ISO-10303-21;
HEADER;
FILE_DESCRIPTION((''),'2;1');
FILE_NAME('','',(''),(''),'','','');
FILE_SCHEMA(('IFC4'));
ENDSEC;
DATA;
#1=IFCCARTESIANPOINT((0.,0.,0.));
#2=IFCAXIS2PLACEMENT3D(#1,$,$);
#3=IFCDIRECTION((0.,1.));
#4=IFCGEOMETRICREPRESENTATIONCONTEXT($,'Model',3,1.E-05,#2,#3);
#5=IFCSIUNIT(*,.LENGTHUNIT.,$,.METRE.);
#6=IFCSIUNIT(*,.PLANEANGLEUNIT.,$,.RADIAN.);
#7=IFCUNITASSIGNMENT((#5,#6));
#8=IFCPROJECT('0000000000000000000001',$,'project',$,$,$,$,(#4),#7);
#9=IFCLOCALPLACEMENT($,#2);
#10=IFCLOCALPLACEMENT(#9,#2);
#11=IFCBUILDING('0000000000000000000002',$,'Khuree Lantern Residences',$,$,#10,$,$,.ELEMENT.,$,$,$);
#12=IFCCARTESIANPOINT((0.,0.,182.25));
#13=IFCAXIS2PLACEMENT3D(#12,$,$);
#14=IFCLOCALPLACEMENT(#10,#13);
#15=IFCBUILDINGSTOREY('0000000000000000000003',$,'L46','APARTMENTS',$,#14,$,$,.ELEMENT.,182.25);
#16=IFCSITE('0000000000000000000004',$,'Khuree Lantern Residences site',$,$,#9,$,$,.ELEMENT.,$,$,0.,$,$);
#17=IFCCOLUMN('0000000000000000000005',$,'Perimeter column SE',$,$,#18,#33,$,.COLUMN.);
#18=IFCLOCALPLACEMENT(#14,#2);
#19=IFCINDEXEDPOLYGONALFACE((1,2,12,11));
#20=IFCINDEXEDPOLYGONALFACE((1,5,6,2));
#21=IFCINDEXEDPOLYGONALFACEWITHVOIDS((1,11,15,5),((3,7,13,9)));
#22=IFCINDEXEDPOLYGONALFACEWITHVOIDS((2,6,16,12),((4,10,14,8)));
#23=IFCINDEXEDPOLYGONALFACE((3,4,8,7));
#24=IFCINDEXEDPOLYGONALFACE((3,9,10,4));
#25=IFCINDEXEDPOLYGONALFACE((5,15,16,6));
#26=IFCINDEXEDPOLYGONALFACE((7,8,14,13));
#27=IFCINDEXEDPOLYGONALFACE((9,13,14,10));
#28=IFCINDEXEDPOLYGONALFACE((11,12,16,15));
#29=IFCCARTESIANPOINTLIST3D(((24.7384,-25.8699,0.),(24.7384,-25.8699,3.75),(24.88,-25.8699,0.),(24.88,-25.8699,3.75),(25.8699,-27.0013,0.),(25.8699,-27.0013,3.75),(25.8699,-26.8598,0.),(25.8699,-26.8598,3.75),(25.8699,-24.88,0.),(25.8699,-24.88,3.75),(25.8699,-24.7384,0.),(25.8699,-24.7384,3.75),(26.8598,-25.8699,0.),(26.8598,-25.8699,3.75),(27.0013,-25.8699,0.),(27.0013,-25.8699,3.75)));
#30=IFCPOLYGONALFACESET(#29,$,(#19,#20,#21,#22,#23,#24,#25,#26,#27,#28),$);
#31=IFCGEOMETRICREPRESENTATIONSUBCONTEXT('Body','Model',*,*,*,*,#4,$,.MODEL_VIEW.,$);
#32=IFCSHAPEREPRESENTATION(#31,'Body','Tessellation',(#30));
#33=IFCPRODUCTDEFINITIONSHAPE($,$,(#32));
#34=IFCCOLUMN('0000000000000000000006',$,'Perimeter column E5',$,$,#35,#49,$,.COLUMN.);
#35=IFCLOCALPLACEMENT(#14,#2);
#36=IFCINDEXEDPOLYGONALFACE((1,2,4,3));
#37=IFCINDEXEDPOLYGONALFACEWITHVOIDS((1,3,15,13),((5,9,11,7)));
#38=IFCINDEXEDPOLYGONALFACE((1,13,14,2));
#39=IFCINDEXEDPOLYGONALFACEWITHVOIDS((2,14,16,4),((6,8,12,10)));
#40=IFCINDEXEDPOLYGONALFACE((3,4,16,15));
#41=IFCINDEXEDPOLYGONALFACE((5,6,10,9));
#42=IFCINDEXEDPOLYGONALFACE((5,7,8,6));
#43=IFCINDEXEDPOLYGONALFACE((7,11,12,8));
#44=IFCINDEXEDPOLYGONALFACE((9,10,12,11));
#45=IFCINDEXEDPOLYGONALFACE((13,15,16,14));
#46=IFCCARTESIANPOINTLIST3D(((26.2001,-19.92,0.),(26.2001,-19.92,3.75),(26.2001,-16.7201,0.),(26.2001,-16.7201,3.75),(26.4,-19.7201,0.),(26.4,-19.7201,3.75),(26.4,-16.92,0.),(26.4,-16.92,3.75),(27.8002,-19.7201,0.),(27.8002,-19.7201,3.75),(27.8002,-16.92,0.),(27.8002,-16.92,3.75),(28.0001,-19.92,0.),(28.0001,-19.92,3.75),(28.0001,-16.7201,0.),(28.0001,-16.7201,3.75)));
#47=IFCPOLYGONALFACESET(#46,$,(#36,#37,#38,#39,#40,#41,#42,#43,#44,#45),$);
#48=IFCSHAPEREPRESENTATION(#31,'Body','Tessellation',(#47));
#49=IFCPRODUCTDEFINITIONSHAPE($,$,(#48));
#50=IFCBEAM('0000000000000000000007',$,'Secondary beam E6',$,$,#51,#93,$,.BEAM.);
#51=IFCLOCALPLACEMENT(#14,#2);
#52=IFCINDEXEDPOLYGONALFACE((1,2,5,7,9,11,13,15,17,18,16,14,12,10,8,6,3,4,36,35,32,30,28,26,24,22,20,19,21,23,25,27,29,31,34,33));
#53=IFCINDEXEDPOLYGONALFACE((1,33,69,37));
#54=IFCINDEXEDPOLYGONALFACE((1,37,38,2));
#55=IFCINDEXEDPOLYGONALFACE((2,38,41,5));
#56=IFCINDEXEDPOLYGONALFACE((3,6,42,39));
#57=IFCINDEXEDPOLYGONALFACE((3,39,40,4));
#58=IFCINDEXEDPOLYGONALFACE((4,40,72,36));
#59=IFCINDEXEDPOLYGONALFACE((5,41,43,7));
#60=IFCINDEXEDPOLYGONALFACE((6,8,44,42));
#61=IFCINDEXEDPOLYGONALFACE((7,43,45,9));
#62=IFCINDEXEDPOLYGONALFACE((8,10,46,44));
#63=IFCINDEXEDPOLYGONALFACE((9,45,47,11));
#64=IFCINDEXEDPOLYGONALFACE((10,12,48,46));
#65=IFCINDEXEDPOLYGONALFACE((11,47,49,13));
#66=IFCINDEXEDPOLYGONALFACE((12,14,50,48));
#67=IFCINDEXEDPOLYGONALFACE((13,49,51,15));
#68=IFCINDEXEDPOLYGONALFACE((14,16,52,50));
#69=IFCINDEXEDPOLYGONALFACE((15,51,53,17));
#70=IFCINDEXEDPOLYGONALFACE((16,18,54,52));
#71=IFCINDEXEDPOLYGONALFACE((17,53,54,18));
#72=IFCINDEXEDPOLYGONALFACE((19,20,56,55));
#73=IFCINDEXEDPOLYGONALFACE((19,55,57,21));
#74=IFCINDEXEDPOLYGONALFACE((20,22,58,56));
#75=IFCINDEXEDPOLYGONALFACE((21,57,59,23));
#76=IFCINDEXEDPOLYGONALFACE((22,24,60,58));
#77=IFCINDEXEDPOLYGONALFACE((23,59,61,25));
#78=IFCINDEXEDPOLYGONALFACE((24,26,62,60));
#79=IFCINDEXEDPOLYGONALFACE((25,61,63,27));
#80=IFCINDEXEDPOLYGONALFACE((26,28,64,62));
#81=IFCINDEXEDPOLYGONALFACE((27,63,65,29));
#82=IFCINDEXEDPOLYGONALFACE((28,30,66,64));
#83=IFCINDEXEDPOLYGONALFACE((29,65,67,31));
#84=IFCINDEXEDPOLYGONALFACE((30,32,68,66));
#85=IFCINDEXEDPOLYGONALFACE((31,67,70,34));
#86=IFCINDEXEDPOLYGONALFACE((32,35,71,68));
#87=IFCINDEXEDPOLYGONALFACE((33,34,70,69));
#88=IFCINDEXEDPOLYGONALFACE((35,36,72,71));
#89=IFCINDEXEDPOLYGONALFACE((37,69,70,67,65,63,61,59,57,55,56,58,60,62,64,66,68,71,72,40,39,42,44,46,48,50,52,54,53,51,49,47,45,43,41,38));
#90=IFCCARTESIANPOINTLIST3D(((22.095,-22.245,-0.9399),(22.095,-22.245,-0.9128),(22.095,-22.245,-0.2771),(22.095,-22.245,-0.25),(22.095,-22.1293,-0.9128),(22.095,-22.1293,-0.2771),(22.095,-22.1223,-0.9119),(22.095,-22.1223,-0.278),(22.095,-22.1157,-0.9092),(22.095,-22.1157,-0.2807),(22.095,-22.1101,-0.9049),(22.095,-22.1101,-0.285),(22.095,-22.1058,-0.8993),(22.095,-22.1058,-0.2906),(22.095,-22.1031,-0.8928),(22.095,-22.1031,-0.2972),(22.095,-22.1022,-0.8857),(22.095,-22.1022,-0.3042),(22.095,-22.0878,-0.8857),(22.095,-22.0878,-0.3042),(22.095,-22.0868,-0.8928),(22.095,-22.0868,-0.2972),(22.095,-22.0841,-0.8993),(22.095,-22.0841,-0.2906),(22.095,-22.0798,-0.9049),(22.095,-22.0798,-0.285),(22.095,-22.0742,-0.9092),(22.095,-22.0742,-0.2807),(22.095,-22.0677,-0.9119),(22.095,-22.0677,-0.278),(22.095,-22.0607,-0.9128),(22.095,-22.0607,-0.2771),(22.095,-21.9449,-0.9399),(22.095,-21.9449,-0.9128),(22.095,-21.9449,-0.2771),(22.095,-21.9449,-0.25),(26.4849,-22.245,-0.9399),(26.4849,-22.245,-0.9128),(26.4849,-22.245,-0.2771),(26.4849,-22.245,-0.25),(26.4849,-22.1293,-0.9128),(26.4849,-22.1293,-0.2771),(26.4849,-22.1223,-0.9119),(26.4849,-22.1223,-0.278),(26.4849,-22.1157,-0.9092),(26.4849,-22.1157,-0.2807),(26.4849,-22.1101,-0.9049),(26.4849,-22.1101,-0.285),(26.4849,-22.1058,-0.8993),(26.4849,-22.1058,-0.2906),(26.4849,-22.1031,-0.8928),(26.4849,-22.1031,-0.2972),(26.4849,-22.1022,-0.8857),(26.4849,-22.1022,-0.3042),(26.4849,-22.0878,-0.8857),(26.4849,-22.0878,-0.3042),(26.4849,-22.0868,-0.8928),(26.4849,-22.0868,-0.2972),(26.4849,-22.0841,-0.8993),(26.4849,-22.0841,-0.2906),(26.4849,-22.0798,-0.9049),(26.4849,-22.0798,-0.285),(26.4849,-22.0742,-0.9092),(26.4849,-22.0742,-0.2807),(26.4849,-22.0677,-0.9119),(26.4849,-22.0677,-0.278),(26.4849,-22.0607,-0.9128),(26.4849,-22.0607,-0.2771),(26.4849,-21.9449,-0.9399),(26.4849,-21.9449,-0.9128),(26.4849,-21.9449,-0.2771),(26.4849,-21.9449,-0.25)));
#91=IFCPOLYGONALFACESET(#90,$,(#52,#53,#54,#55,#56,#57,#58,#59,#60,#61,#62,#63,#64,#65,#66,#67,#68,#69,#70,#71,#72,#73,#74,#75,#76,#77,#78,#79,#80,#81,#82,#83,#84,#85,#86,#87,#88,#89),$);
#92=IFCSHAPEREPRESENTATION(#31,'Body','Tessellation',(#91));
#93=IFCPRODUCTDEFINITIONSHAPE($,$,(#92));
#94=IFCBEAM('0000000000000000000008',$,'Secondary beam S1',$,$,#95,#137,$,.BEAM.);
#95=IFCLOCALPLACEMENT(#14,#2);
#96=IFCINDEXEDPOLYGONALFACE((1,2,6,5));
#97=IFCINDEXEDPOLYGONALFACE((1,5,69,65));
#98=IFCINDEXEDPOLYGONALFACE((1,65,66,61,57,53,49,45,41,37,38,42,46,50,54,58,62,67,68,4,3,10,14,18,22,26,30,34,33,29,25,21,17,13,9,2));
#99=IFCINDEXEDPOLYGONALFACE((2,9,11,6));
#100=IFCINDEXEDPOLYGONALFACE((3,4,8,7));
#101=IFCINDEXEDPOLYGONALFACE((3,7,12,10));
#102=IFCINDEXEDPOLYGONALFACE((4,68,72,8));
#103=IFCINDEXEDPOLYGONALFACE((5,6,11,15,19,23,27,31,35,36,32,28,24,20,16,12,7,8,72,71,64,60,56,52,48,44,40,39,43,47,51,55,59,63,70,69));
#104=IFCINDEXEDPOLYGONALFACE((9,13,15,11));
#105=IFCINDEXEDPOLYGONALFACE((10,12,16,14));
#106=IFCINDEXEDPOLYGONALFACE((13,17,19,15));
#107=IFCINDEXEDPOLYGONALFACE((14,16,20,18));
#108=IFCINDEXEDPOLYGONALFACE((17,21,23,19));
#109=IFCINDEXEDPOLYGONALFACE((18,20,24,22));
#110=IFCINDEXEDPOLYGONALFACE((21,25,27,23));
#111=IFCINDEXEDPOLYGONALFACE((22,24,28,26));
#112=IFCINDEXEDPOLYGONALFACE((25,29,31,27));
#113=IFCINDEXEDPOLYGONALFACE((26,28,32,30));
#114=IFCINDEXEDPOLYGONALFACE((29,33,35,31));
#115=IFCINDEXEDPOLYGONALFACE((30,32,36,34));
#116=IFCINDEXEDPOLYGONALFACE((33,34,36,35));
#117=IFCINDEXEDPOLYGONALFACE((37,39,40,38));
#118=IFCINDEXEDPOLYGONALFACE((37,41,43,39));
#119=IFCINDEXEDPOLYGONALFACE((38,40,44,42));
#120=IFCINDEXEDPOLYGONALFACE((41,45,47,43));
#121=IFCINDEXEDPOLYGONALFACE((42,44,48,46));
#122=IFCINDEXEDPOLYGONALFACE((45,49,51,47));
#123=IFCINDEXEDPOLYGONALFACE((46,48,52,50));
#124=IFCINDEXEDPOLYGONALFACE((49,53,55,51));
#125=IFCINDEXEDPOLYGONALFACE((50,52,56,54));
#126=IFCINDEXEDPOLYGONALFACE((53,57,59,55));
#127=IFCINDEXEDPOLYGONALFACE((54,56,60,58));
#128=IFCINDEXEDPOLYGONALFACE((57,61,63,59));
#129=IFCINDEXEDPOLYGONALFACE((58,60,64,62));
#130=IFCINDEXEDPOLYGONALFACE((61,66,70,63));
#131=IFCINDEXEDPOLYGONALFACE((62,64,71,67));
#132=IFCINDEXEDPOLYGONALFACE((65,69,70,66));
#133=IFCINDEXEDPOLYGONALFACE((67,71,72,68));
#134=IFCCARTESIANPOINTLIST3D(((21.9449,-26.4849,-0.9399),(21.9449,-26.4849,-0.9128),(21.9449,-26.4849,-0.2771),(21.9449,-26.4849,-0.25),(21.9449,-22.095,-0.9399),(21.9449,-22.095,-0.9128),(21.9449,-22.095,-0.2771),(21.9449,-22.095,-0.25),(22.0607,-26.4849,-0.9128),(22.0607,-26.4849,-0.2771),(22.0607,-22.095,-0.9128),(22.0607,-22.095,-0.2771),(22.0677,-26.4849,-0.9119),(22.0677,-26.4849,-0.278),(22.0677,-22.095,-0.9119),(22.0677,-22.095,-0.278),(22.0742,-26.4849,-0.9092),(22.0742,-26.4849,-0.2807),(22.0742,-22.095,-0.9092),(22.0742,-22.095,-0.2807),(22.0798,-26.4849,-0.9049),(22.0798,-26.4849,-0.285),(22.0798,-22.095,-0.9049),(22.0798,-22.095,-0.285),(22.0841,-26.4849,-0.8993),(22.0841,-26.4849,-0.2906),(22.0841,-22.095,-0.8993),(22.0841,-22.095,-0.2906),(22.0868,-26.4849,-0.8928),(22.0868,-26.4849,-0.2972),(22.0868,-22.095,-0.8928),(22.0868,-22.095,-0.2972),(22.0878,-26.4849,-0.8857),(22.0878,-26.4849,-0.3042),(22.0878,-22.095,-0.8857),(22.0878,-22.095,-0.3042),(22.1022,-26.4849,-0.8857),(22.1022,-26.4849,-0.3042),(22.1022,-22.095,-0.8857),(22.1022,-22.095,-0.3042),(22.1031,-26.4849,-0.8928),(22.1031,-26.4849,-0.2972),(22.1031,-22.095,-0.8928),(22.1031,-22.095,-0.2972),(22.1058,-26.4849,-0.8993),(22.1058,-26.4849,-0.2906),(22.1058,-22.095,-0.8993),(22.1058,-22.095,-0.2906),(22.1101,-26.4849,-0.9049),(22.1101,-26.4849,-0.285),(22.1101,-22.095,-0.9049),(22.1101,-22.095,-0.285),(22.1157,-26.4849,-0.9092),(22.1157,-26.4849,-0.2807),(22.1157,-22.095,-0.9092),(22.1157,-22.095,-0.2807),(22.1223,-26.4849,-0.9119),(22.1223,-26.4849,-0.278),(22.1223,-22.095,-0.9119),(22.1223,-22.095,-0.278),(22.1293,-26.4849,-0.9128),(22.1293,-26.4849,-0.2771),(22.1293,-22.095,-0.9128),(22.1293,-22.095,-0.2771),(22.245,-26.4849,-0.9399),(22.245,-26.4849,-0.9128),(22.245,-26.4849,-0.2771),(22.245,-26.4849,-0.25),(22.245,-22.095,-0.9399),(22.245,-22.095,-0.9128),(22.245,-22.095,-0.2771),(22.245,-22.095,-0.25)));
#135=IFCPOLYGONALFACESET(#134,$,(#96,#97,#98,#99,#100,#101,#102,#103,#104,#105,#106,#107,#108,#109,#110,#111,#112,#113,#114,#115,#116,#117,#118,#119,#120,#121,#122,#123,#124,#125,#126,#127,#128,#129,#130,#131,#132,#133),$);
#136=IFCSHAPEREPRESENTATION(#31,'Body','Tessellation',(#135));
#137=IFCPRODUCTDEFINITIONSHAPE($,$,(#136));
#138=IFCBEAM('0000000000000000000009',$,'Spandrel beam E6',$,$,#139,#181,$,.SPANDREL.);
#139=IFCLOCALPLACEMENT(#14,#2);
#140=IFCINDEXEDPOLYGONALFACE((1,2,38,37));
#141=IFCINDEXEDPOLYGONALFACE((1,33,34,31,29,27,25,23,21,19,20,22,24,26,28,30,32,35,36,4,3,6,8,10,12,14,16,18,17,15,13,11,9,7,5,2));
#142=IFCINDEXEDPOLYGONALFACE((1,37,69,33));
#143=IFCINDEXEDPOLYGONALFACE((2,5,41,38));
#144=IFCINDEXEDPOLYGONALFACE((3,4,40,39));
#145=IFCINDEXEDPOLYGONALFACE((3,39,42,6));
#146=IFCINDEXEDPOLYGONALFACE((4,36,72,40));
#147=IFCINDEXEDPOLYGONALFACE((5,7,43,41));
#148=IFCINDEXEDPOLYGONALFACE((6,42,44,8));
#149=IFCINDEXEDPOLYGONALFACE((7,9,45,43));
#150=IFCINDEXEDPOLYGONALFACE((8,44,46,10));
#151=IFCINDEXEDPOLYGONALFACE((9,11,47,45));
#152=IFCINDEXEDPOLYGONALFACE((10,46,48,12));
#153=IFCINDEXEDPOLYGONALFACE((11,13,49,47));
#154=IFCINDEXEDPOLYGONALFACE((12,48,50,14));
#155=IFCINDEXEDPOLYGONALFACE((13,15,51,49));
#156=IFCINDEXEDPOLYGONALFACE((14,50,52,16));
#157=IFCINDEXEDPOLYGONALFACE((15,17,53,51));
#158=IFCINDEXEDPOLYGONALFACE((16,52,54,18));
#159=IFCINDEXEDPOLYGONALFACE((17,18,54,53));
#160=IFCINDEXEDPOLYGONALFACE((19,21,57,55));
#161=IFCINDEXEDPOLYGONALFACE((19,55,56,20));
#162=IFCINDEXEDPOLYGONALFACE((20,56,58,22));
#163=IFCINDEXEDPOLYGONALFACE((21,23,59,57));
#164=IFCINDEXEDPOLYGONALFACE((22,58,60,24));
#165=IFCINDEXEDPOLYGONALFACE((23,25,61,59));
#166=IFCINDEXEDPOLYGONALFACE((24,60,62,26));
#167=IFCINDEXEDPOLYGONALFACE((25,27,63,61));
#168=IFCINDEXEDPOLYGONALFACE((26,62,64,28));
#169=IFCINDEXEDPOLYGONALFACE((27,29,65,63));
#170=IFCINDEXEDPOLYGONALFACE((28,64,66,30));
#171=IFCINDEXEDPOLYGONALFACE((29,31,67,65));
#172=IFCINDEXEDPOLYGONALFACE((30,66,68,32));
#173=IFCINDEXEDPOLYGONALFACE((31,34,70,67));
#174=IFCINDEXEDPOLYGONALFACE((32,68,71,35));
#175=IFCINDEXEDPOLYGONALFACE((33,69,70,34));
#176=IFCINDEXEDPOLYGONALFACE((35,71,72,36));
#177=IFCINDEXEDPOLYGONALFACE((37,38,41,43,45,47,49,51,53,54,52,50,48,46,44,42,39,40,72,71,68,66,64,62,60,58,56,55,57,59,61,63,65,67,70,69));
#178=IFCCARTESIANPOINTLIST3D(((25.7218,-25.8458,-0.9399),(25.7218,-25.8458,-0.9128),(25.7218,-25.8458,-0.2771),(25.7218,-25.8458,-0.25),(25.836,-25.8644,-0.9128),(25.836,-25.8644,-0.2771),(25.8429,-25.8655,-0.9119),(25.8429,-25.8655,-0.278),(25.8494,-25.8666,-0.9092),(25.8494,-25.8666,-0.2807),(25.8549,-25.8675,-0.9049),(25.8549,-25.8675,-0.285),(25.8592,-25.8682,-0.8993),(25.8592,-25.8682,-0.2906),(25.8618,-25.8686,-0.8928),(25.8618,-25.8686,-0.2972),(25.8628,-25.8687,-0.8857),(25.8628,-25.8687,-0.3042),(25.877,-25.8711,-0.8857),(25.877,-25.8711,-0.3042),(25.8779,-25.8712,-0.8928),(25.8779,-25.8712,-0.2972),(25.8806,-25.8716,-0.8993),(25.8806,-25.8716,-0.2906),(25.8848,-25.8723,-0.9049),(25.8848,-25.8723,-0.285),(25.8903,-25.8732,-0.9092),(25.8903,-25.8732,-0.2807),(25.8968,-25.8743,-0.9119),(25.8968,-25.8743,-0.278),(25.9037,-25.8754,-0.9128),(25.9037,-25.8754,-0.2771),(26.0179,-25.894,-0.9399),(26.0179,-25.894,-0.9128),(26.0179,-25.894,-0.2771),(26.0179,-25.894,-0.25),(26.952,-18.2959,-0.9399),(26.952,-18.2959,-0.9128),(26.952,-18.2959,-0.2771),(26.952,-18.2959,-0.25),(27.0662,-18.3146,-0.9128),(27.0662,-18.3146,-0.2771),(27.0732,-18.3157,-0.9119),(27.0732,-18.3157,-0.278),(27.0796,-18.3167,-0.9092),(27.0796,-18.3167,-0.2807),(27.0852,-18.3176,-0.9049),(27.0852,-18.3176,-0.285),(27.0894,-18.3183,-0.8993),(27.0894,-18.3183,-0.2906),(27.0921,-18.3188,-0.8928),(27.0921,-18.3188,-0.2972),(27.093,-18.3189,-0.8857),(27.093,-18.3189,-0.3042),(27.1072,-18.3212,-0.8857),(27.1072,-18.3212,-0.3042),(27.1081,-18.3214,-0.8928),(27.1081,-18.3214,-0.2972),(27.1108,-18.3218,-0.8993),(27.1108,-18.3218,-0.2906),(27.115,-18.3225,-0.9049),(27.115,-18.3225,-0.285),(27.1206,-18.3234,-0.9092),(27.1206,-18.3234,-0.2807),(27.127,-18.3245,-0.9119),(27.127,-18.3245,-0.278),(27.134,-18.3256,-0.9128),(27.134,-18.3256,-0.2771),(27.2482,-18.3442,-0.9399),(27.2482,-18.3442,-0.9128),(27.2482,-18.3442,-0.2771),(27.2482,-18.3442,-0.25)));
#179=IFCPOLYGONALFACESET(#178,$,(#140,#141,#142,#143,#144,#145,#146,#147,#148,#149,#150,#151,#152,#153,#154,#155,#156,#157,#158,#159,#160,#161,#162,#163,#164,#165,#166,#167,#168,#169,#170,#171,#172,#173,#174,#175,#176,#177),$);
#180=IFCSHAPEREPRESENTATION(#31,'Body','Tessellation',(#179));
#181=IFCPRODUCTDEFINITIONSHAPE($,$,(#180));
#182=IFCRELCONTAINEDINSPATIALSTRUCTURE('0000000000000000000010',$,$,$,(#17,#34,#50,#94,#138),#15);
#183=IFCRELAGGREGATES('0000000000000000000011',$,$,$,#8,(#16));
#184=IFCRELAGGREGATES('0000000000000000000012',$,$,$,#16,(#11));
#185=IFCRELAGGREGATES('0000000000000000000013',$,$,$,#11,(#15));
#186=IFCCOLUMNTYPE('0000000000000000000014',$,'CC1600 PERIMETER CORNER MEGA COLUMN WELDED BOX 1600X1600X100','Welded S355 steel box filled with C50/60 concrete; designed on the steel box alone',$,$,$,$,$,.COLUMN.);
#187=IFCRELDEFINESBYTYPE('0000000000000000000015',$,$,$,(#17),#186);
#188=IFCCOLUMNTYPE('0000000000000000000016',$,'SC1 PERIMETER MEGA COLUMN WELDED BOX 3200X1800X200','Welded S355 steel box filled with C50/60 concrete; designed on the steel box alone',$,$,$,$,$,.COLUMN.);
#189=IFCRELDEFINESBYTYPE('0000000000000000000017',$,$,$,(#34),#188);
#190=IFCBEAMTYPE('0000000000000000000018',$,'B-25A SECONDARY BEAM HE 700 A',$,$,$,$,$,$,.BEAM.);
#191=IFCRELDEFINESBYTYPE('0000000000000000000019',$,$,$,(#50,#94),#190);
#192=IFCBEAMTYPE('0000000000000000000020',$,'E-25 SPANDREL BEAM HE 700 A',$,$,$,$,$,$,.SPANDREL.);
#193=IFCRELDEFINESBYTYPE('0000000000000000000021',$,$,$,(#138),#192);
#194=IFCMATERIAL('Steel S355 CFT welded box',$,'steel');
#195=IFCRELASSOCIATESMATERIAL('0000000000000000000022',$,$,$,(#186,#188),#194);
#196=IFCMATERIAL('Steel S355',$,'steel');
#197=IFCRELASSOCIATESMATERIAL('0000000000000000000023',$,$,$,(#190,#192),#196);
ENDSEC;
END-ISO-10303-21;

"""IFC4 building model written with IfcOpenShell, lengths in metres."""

from ifc_helpers import new_model, si_unit, direction, frame, origin, origin_2d, place, context, subcontext, project, spatial, hollow_rectangle, i_section, extrude, material, material_profile, profile_set, type_object, element, save


model = new_model("IFC4")

# Units and contexts
model_context = context("Model", 3, precision=1e-05, world=origin(), true_north=direction((0.0, 1.0)))
body_context = subcontext(model_context, "Body", "Model", "MODEL_VIEW")
ifc_project = project(units=[si_unit("LENGTHUNIT", "METRE"), si_unit("PLANEANGLEUNIT", "RADIAN")], contexts=[model_context])

# Site, building, storey
site_placement = place(None, origin())
site = spatial("IfcSite", under=ifc_project, at=site_placement, Name="Khuree Lantern Residences site", CompositionType="ELEMENT", RefElevation=0.0)
building_placement = place(site_placement, origin())
building = spatial("IfcBuilding", under=site, at=building_placement, Name="Khuree Lantern Residences", CompositionType="ELEMENT")
storey_placement = place(building_placement, frame((0.0, 0.0, 182.25)))
storey = spatial("IfcBuildingStorey", under=building, at=storey_placement, Name="L46", Description="APARTMENTS", CompositionType="ELEMENT", Elevation=182.25)

# Columns
ifc_material_1 = material(Name="Steel S355 CFT welded box", Category="steel")
ifc_material_profile_1 = material_profile(ifc_material_1, hollow_rectangle(XDim=1.6001, YDim=1.6001, WallThickness=0.1001, at=origin_2d()), Name="WELDED BOX 1600X1600X100")
ifc_profile_set_1 = profile_set([ifc_material_profile_1], Name="Steel S355 CFT welded box")
column_type_1 = type_object("IfcColumnType", Name="CC1600 PERIMETER CORNER MEGA COLUMN WELDED BOX 1600X1600X100", Description="Welded S355 steel box filled with C50/60 concrete; designed on the steel box alone", PredefinedType="COLUMN", material=ifc_profile_set_1)
column_1_placement = place(storey_placement, frame((25.8699, -25.8699, 0.0), z_axis=(0.0, 0.0, 1.0), x_axis=(0.707107, 0.707107, 0.0)))
element("IfcColumn", 1, at=column_1_placement, inside=storey, type_object=column_type_1, Name="Perimeter column SE", PredefinedType="COLUMN", context=body_context, shape_type="SweptSolid", body=[
    extrude(hollow_rectangle(XDim=1.6001, YDim=1.6001, WallThickness=0.1001, at=origin_2d()), origin(), (0.0, 0.0, 1.0), 3.75),
])
ifc_material_profile_2 = material_profile(ifc_material_1, hollow_rectangle(XDim=3.2, YDim=1.8, WallThickness=0.2, at=origin_2d()), Name="WELDED BOX 3200X1800X200")
ifc_profile_set_2 = profile_set([ifc_material_profile_2], Name="Steel S355 CFT welded box")
column_type_2 = type_object("IfcColumnType", Name="SC1 PERIMETER MEGA COLUMN WELDED BOX 3200X1800X200", Description="Welded S355 steel box filled with C50/60 concrete; designed on the steel box alone", PredefinedType="COLUMN", material=ifc_profile_set_2)
column_2_placement = place(storey_placement, frame((27.1001, -18.3201, 0.0), z_axis=(0.0, 0.0, 1.0), x_axis=(0.0, 1.0, 0.0)))
element("IfcColumn", 2, at=column_2_placement, inside=storey, type_object=column_type_2, Name="Perimeter column E5", PredefinedType="COLUMN", context=body_context, shape_type="SweptSolid", body=[
    extrude(hollow_rectangle(XDim=3.2, YDim=1.8, WallThickness=0.2, at=origin_2d()), origin(), (0.0, 0.0, 1.0), 3.75),
])

# Beams
ifc_material_2 = material(Name="Steel S355", Category="steel")
ifc_material_profile_3 = material_profile(ifc_material_2, i_section(OverallWidth=0.3, OverallDepth=0.6899, WebThickness=0.0144, FlangeThickness=0.0271, FilletRadius=0.0271, at=origin_2d()), Name="HE 700 A")
ifc_profile_set_3 = profile_set([ifc_material_profile_3], Name="Steel S355")
beam_type_1 = type_object("IfcBeamType", Name="B-25A SECONDARY BEAM HE 700 A", PredefinedType="BEAM", material=ifc_profile_set_3)
for number, where, z_axis, x_axis, name in (
    (3, (26.4849, -22.095, -0.595), (-1.0, 0.0, 0.0), (0.0, -1.0, 0.0), "Secondary beam E6"),
    (4, (22.095, -26.4849, -0.595), (0.0, 1.0, 0.0), (-1.0, 0.0, 0.0), "Secondary beam S1"),
):
    element("IfcBeam", number, at=place(storey_placement, frame(where, z_axis=z_axis, x_axis=x_axis)), inside=storey, type_object=beam_type_1, Name=name, PredefinedType="BEAM", context=body_context, shape_type="SweptSolid", body=[
        extrude(i_section(OverallWidth=0.3, OverallDepth=0.6899, WebThickness=0.0144, FlangeThickness=0.0271, FilletRadius=0.0271, at=origin_2d()), origin(), (0.0, 0.0, 1.0), 4.3899),
    ])
ifc_material_profile_4 = material_profile(ifc_material_2, i_section(OverallWidth=0.3, OverallDepth=0.6899, WebThickness=0.0144, FlangeThickness=0.0271, FilletRadius=0.0271, at=origin_2d()), Name="HE 700 A")
ifc_profile_set_4 = profile_set([ifc_material_profile_4], Name="Steel S355")
beam_type_2 = type_object("IfcBeamType", Name="E-25 SPANDREL BEAM HE 700 A", PredefinedType="SPANDREL", material=ifc_profile_set_4)
for number, where, z_axis, x_axis, name in (
    (5, (27.1001, -18.3201, -0.595), (-0.160827, -0.986983, 0.0), (0.986983, -0.160827, 0.0), "Spandrel beam E6"),
):
    element("IfcBeam", number, at=place(storey_placement, frame(where, z_axis=z_axis, x_axis=x_axis)), inside=storey, type_object=beam_type_2, Name=name, PredefinedType="SPANDREL", context=body_context, shape_type="SweptSolid", body=[
        extrude(i_section(OverallWidth=0.3, OverallDepth=0.6899, WebThickness=0.0144, FlangeThickness=0.0271, FilletRadius=0.0271, at=origin_2d()), origin(), (0.0, 0.0, 1.0), 7.6494),
    ])

save(model, "model.ifc")
